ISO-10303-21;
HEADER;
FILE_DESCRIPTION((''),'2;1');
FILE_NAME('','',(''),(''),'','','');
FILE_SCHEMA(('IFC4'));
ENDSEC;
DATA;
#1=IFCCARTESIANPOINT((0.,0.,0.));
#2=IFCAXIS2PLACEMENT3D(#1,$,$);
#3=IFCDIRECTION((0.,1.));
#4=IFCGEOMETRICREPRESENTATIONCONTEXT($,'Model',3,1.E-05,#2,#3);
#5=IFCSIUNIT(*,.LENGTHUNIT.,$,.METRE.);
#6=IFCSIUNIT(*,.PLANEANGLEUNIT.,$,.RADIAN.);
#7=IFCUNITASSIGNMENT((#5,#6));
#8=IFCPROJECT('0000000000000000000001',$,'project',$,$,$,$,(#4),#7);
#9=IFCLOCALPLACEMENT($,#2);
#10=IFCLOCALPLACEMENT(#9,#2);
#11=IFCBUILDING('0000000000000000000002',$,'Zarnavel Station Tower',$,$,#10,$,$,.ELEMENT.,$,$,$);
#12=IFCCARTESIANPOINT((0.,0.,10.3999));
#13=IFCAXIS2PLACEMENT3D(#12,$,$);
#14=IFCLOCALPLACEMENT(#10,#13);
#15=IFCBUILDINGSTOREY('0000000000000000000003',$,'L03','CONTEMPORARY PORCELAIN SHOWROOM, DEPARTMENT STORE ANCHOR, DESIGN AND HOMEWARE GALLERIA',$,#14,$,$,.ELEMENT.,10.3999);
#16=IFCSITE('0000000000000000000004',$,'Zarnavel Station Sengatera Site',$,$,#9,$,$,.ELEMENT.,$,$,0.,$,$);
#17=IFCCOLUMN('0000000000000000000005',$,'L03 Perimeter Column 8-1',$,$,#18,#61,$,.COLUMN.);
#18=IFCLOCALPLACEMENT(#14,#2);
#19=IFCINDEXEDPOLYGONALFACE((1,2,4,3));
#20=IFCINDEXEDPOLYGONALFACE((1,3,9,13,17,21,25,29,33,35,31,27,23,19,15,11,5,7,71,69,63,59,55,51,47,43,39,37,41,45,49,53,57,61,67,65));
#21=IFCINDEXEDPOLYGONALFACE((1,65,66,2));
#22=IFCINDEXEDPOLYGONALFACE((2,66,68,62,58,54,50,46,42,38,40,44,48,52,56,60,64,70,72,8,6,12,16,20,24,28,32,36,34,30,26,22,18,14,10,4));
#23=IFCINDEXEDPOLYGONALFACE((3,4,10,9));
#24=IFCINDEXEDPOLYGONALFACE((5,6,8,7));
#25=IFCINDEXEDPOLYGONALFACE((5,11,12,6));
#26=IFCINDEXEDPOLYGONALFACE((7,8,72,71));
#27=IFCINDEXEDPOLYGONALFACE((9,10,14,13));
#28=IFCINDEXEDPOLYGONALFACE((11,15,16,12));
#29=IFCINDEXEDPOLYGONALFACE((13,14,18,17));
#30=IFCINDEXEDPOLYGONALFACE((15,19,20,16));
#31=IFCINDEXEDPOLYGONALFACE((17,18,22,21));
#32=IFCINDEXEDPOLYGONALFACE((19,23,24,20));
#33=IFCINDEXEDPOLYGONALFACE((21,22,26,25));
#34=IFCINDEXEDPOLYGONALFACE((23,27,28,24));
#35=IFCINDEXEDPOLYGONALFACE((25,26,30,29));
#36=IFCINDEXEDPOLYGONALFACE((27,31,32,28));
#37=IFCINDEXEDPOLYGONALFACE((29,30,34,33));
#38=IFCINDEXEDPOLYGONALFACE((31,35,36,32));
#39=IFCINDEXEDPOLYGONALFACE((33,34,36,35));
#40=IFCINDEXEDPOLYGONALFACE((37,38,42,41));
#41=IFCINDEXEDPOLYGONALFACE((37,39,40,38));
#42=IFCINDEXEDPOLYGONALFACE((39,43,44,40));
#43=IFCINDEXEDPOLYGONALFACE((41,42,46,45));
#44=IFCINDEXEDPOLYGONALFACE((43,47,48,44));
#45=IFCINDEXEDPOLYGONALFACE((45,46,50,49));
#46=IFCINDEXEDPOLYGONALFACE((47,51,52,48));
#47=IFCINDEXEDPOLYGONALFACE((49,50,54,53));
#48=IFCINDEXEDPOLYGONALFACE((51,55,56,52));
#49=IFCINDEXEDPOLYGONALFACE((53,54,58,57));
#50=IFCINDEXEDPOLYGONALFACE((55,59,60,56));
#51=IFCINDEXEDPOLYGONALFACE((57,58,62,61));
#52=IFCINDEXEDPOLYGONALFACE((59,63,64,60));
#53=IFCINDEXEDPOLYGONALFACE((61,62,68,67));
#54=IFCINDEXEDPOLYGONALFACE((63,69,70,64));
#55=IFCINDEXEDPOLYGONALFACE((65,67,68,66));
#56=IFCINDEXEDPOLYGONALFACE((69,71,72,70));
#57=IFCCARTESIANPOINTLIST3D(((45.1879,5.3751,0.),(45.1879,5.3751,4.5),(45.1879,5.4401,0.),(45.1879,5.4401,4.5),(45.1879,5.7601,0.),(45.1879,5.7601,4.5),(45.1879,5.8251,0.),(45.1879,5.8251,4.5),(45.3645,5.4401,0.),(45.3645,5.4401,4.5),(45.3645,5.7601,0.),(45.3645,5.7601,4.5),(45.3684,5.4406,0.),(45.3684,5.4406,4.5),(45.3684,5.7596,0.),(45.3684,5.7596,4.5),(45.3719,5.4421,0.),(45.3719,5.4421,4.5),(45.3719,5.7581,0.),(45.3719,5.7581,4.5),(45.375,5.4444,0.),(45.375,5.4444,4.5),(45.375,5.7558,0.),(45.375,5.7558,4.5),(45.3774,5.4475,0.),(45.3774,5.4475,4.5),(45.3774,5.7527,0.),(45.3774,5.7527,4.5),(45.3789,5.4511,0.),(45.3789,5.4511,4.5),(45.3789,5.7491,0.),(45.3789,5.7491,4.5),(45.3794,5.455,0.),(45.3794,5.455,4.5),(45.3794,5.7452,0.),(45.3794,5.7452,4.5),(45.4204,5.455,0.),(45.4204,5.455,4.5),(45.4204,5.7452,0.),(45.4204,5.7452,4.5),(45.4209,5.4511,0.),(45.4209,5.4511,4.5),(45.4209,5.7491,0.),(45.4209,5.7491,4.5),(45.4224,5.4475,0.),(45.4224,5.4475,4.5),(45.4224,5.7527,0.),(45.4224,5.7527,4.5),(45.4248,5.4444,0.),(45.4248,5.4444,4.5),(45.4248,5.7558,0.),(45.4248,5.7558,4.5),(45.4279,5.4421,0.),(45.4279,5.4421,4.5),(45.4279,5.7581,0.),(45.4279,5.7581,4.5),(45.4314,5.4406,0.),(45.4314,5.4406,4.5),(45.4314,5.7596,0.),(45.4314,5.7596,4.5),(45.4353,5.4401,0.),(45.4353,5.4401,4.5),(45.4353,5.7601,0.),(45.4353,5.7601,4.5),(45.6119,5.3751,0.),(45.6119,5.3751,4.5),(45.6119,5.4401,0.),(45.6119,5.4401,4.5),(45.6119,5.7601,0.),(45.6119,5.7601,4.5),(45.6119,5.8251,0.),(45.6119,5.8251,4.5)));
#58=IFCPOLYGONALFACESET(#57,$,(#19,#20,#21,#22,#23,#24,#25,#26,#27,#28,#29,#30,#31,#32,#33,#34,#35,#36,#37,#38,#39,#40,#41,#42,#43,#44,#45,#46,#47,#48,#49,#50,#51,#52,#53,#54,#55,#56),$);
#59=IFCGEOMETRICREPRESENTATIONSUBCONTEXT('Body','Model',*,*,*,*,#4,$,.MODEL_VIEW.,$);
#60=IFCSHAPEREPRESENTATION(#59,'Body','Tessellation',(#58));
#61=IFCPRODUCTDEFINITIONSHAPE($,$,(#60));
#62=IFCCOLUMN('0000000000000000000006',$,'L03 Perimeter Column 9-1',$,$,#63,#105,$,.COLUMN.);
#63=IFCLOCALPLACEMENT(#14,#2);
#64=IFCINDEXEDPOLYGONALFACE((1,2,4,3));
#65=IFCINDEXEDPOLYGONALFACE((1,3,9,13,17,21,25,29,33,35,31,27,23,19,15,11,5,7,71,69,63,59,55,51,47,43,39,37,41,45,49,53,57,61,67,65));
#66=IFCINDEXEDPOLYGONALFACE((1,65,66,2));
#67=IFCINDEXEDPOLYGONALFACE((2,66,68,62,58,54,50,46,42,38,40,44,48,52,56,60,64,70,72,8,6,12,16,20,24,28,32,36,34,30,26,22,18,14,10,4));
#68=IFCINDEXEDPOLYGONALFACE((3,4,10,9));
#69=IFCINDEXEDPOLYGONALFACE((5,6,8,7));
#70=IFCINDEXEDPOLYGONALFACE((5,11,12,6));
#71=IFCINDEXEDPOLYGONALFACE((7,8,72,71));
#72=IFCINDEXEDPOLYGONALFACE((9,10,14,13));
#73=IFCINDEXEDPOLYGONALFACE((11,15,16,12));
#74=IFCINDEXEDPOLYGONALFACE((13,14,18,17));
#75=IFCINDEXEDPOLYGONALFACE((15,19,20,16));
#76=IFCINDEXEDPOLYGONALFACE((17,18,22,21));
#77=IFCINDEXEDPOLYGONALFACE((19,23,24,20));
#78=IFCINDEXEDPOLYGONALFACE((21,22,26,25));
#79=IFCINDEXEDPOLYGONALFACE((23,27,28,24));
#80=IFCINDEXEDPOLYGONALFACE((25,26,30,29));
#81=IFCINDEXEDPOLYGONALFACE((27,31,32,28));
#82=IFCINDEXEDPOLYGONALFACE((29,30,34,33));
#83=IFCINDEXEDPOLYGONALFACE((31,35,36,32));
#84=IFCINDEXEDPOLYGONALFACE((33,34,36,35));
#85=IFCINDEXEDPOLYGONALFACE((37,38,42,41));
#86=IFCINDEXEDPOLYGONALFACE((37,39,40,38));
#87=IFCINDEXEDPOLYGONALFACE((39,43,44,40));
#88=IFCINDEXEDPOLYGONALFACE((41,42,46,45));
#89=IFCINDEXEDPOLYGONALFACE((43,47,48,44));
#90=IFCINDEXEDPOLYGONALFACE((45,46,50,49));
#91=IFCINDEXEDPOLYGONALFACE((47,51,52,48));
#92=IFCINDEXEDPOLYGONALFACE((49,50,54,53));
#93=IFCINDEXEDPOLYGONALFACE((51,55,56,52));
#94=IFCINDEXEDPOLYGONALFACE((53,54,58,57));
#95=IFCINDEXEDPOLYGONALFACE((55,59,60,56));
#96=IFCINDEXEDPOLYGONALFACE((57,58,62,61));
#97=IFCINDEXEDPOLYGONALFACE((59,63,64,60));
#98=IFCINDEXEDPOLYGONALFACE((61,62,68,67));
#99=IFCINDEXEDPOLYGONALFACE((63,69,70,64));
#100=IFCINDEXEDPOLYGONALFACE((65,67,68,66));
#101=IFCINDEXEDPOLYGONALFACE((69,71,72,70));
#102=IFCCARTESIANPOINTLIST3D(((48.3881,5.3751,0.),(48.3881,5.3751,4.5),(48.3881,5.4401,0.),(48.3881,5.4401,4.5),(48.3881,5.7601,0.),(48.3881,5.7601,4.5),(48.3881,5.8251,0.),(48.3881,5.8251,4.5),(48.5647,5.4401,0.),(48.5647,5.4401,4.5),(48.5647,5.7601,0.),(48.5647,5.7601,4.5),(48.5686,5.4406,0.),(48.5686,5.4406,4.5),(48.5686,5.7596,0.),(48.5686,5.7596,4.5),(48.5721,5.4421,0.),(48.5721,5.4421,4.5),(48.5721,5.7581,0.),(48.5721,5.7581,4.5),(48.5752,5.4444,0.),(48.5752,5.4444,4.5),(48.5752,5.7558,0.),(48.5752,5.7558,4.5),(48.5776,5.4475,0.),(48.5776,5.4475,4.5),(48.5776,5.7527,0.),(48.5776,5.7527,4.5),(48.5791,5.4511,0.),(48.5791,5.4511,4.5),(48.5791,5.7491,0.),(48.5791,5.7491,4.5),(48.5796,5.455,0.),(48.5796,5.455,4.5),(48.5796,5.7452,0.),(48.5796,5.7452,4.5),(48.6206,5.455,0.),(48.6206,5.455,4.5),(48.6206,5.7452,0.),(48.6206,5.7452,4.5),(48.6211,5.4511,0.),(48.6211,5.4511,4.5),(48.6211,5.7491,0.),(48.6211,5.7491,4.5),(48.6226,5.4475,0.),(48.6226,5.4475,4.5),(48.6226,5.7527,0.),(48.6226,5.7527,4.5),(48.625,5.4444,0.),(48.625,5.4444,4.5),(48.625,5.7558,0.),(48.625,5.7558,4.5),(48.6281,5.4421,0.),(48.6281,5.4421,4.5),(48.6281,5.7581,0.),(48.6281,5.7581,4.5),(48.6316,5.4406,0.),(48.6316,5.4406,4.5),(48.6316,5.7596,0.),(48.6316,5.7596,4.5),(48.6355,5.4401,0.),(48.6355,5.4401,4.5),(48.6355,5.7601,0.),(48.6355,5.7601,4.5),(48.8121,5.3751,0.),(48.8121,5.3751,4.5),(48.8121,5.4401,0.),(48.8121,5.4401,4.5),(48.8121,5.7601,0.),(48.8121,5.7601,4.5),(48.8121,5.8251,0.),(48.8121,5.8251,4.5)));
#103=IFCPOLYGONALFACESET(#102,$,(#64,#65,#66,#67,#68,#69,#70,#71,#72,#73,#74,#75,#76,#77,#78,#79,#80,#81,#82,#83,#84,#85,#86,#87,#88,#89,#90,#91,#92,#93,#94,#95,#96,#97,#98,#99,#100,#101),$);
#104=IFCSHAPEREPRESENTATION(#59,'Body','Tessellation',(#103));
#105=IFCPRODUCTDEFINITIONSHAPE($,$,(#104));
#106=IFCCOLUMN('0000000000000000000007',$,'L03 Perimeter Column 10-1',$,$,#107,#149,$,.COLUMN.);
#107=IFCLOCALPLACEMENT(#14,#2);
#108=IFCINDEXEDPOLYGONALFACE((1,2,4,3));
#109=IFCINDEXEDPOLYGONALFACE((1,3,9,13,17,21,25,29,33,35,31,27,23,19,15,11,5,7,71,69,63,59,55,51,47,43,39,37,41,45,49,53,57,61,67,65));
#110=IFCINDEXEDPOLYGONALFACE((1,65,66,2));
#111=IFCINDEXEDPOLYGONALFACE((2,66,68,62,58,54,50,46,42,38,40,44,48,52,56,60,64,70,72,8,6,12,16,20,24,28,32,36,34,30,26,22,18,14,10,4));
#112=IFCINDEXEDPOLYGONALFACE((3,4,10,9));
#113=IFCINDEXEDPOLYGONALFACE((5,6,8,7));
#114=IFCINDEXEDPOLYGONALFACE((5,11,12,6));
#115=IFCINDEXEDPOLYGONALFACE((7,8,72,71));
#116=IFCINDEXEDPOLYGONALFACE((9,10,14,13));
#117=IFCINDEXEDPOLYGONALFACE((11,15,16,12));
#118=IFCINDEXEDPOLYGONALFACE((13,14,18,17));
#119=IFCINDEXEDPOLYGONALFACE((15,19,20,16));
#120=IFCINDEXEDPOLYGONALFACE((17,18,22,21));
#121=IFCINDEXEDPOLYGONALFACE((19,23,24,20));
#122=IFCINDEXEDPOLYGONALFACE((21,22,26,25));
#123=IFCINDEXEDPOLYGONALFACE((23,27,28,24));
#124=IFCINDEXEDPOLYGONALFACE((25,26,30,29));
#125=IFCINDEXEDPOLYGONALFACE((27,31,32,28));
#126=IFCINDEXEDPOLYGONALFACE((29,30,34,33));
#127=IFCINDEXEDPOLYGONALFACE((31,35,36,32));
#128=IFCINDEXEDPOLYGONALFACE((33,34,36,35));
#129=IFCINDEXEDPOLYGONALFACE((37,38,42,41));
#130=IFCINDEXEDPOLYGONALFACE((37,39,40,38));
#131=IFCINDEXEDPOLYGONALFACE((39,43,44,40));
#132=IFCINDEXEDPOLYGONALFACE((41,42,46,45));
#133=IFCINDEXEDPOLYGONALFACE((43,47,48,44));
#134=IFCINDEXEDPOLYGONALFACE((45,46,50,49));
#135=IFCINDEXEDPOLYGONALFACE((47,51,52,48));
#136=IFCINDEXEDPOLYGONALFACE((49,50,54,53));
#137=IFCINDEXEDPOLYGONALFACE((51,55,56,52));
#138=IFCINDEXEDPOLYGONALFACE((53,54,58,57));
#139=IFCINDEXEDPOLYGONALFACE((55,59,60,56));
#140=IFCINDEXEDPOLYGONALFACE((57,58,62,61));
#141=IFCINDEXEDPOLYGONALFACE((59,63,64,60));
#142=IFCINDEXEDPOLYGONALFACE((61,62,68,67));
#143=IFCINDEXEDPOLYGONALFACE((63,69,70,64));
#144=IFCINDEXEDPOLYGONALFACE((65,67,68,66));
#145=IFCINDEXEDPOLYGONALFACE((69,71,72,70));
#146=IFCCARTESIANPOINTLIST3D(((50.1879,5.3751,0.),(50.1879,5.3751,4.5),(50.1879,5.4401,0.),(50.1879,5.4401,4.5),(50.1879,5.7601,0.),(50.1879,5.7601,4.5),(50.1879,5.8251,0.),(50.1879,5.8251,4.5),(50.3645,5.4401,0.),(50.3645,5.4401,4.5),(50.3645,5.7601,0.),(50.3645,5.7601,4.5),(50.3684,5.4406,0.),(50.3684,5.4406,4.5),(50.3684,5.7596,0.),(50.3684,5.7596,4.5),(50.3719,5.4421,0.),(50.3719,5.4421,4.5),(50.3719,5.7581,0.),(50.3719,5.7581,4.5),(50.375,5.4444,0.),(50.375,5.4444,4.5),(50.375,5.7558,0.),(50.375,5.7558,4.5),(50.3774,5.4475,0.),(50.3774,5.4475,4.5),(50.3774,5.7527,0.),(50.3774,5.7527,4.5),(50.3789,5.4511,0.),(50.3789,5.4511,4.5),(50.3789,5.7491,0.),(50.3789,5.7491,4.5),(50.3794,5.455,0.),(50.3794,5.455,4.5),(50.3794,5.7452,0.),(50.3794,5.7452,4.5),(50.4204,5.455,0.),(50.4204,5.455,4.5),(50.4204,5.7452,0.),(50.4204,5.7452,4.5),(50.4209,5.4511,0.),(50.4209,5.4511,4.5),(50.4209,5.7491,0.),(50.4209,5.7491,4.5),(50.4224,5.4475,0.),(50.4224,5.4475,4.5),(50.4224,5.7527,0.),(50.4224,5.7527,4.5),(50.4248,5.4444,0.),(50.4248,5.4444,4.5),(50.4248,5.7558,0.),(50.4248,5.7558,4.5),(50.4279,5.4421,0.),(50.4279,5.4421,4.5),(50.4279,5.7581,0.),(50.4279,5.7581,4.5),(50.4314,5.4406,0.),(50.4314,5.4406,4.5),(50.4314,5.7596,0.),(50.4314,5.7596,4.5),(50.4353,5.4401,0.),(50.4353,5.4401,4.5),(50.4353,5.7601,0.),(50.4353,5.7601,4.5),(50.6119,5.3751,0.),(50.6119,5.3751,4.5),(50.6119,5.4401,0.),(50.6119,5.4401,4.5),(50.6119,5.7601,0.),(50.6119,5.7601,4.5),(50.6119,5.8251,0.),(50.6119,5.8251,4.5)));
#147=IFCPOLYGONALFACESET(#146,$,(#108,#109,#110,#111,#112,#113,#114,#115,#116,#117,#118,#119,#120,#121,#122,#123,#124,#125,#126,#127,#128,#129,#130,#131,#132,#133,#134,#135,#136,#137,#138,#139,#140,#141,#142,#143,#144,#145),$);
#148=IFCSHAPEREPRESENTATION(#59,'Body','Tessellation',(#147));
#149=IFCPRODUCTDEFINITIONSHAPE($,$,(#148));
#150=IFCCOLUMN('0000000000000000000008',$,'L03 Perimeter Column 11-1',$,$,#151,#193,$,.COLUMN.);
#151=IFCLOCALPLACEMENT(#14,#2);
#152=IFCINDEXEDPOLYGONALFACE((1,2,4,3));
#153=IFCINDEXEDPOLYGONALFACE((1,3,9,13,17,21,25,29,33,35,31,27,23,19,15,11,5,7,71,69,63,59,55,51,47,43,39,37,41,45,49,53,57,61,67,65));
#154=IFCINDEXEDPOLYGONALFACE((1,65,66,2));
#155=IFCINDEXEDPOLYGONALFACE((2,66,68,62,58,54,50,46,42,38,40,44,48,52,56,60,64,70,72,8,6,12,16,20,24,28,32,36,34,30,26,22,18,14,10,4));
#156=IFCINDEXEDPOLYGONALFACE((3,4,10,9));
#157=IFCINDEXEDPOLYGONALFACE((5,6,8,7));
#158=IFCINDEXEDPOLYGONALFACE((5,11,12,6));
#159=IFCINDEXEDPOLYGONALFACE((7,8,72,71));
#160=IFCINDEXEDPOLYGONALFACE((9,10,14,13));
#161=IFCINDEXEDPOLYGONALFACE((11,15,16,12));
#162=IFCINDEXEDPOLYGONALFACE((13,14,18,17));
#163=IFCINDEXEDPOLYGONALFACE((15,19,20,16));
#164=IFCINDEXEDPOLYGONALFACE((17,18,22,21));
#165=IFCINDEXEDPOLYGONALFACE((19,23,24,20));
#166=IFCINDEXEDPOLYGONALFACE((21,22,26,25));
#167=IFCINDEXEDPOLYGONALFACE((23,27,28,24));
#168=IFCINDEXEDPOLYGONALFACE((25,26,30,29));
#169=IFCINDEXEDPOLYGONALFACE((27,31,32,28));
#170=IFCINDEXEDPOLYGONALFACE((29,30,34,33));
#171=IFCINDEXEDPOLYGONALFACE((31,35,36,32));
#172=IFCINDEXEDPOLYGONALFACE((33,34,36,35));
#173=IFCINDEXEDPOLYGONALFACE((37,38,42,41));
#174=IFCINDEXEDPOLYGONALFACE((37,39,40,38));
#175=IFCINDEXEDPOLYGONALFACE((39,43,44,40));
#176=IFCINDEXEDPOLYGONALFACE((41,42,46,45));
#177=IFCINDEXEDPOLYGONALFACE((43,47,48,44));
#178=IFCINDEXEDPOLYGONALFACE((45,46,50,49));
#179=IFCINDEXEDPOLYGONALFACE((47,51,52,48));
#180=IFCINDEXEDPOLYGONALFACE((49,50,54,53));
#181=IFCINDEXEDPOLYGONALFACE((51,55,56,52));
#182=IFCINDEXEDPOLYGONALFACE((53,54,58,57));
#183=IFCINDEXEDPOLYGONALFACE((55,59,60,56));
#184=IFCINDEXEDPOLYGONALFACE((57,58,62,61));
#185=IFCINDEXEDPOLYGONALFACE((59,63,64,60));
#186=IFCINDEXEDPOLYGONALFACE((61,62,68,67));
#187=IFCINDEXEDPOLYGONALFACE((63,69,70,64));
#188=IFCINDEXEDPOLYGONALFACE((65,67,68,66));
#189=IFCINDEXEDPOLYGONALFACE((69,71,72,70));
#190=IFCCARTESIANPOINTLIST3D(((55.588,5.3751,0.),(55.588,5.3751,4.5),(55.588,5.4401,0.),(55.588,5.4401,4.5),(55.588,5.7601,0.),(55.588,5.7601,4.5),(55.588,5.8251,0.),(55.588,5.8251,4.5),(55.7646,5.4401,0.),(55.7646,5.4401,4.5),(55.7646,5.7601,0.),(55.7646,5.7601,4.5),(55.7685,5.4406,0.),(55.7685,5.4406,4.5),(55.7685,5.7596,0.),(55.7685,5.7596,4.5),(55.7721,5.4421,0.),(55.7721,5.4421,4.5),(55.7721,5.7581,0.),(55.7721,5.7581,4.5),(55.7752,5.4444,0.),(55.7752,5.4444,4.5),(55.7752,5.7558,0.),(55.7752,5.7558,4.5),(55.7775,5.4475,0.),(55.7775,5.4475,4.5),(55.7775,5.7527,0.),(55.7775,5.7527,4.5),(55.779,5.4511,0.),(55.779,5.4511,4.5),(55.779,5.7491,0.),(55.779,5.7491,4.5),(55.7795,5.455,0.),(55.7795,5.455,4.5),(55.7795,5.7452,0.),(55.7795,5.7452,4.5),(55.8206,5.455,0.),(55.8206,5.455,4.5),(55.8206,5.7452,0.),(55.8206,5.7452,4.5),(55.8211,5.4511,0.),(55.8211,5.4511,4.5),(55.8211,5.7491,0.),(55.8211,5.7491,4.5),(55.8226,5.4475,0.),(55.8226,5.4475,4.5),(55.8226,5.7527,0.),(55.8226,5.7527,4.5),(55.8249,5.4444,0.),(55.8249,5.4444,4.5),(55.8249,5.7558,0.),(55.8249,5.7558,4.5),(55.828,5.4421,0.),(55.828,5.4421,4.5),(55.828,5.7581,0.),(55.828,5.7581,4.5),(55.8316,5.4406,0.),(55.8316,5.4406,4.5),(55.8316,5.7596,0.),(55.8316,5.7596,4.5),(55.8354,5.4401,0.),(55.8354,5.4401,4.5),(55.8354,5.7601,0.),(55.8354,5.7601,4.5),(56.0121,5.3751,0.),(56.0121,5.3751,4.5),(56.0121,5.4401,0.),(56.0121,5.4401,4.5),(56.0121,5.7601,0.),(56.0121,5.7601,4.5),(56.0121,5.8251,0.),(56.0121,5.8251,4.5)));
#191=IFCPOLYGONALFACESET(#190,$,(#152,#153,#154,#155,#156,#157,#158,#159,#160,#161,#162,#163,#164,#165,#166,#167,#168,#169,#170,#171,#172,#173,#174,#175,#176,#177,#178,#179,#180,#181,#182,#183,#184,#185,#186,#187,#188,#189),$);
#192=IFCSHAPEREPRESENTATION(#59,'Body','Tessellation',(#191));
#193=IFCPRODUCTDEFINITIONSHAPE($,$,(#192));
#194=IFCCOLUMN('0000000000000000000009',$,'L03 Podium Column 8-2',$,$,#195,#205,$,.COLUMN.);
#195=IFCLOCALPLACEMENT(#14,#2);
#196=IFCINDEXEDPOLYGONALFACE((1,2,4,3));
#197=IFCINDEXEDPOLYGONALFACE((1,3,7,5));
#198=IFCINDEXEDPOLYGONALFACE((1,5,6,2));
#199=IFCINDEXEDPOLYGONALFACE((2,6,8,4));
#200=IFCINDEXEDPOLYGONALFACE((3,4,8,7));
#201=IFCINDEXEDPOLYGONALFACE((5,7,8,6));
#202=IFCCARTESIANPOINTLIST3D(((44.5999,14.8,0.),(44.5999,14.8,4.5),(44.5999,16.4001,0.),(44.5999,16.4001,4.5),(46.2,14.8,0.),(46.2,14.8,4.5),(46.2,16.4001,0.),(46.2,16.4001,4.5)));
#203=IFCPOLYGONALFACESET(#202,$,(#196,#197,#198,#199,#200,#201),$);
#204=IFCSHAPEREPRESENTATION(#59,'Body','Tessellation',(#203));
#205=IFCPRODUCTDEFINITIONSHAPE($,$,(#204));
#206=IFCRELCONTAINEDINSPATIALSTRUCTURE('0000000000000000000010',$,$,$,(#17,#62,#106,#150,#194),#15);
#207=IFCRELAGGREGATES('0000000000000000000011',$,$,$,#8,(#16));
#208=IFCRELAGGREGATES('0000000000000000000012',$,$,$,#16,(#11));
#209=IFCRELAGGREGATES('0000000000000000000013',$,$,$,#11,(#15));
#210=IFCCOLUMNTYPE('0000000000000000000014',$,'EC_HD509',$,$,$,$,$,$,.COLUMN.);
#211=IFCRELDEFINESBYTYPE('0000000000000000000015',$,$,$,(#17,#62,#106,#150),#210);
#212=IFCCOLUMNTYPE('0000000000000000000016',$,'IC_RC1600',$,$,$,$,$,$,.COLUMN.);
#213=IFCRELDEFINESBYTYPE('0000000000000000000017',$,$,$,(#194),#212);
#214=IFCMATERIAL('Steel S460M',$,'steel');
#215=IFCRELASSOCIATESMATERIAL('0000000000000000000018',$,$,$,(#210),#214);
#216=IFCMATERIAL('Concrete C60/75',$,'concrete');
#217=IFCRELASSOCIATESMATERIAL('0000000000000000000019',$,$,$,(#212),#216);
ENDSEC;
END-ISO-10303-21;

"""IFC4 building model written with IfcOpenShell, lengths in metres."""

from ifc_helpers import new_model, si_unit, direction, frame, origin, origin_2d, place, context, subcontext, project, spatial, rectangle, i_section, extrude, material, material_profile, profile_set, type_object, element, save


model = new_model("IFC4")

# Units and contexts
model_context = context("Model", 3, precision=1e-05, world=origin(), true_north=direction((0.0, 1.0)))
body_context = subcontext(model_context, "Body", "Model", "MODEL_VIEW")
ifc_project = project(units=[si_unit("LENGTHUNIT", "METRE"), si_unit("PLANEANGLEUNIT", "RADIAN")], contexts=[model_context])

# Site, building, storey
site_placement = place(None, origin())
site = spatial("IfcSite", under=ifc_project, at=site_placement, Name="Zarnavel Station Sengatera Site", CompositionType="ELEMENT", RefElevation=0.0)
building_placement = place(site_placement, origin())
building = spatial("IfcBuilding", under=site, at=building_placement, Name="Zarnavel Station Tower", CompositionType="ELEMENT")
storey_placement = place(building_placement, frame((0.0, 0.0, 10.3999)))
storey = spatial("IfcBuildingStorey", under=building, at=storey_placement, Name="L03", Description="CONTEMPORARY PORCELAIN SHOWROOM, DEPARTMENT STORE ANCHOR, DESIGN AND HOMEWARE GALLERIA", CompositionType="ELEMENT", Elevation=10.3999)

# Columns
ifc_material_1 = material(Name="Steel S460M", Category="steel")
ifc_material_profile_1 = material_profile(ifc_material_1, i_section(OverallWidth=0.4241, OverallDepth=0.45, WebThickness=0.041, FlangeThickness=0.0649, FilletRadius=0.0149, at=origin_2d()), Name="HD400x509")
ifc_profile_set_1 = profile_set([ifc_material_profile_1], Name="Steel S460M")
column_type_1 = type_object("IfcColumnType", Name="EC_HD509", PredefinedType="COLUMN", material=ifc_profile_set_1)
for number, where, z_axis, x_axis, name in (
    (1, (45.3999, 5.6001, 0.0), (0.0, 0.0, 1.0), (1.0, 0.0, 0.0), "L03 Perimeter Column 8-1"),
    (2, (48.6001, 5.6001, 0.0), (0.0, 0.0, 1.0), (1.0, 0.0, 0.0), "L03 Perimeter Column 9-1"),
    (3, (50.3999, 5.6001, 0.0), (0.0, 0.0, 1.0), (1.0, 0.0, 0.0), "L03 Perimeter Column 10-1"),
    (4, (55.8, 5.6001, 0.0), (0.0, 0.0, 1.0), (1.0, 0.0, 0.0), "L03 Perimeter Column 11-1"),
):
    element("IfcColumn", number, at=place(storey_placement, frame(where, z_axis=z_axis, x_axis=x_axis)), inside=storey, type_object=column_type_1, Name=name, PredefinedType="COLUMN", context=body_context, shape_type="SweptSolid", body=[
        extrude(i_section(OverallWidth=0.4241, OverallDepth=0.45, WebThickness=0.041, FlangeThickness=0.0649, FilletRadius=0.0149, at=origin_2d()), origin(), (0.0, 0.0, 1.0), 4.5),
    ])
ifc_material_2 = material(Name="Concrete C60/75", Category="concrete")
ifc_material_profile_2 = material_profile(ifc_material_2, rectangle(XDim=1.6001, YDim=1.6001, at=origin_2d()), Name="RC1600x1600")
ifc_profile_set_2 = profile_set([ifc_material_profile_2], Name="Concrete C60/75")
column_type_2 = type_object("IfcColumnType", Name="IC_RC1600", PredefinedType="COLUMN", material=ifc_profile_set_2)
column_placement = place(storey_placement, frame((45.3999, 15.6001, 0.0), z_axis=(0.0, 0.0, 1.0), x_axis=(1.0, 0.0, 0.0)))
element("IfcColumn", 5, at=column_placement, inside=storey, type_object=column_type_2, Name="L03 Podium Column 8-2", PredefinedType="COLUMN", context=body_context, shape_type="SweptSolid", body=[
    extrude(rectangle(XDim=1.6001, YDim=1.6001, at=origin_2d()), origin(), (0.0, 0.0, 1.0), 4.5),
])

save(model, "model.ifc")
